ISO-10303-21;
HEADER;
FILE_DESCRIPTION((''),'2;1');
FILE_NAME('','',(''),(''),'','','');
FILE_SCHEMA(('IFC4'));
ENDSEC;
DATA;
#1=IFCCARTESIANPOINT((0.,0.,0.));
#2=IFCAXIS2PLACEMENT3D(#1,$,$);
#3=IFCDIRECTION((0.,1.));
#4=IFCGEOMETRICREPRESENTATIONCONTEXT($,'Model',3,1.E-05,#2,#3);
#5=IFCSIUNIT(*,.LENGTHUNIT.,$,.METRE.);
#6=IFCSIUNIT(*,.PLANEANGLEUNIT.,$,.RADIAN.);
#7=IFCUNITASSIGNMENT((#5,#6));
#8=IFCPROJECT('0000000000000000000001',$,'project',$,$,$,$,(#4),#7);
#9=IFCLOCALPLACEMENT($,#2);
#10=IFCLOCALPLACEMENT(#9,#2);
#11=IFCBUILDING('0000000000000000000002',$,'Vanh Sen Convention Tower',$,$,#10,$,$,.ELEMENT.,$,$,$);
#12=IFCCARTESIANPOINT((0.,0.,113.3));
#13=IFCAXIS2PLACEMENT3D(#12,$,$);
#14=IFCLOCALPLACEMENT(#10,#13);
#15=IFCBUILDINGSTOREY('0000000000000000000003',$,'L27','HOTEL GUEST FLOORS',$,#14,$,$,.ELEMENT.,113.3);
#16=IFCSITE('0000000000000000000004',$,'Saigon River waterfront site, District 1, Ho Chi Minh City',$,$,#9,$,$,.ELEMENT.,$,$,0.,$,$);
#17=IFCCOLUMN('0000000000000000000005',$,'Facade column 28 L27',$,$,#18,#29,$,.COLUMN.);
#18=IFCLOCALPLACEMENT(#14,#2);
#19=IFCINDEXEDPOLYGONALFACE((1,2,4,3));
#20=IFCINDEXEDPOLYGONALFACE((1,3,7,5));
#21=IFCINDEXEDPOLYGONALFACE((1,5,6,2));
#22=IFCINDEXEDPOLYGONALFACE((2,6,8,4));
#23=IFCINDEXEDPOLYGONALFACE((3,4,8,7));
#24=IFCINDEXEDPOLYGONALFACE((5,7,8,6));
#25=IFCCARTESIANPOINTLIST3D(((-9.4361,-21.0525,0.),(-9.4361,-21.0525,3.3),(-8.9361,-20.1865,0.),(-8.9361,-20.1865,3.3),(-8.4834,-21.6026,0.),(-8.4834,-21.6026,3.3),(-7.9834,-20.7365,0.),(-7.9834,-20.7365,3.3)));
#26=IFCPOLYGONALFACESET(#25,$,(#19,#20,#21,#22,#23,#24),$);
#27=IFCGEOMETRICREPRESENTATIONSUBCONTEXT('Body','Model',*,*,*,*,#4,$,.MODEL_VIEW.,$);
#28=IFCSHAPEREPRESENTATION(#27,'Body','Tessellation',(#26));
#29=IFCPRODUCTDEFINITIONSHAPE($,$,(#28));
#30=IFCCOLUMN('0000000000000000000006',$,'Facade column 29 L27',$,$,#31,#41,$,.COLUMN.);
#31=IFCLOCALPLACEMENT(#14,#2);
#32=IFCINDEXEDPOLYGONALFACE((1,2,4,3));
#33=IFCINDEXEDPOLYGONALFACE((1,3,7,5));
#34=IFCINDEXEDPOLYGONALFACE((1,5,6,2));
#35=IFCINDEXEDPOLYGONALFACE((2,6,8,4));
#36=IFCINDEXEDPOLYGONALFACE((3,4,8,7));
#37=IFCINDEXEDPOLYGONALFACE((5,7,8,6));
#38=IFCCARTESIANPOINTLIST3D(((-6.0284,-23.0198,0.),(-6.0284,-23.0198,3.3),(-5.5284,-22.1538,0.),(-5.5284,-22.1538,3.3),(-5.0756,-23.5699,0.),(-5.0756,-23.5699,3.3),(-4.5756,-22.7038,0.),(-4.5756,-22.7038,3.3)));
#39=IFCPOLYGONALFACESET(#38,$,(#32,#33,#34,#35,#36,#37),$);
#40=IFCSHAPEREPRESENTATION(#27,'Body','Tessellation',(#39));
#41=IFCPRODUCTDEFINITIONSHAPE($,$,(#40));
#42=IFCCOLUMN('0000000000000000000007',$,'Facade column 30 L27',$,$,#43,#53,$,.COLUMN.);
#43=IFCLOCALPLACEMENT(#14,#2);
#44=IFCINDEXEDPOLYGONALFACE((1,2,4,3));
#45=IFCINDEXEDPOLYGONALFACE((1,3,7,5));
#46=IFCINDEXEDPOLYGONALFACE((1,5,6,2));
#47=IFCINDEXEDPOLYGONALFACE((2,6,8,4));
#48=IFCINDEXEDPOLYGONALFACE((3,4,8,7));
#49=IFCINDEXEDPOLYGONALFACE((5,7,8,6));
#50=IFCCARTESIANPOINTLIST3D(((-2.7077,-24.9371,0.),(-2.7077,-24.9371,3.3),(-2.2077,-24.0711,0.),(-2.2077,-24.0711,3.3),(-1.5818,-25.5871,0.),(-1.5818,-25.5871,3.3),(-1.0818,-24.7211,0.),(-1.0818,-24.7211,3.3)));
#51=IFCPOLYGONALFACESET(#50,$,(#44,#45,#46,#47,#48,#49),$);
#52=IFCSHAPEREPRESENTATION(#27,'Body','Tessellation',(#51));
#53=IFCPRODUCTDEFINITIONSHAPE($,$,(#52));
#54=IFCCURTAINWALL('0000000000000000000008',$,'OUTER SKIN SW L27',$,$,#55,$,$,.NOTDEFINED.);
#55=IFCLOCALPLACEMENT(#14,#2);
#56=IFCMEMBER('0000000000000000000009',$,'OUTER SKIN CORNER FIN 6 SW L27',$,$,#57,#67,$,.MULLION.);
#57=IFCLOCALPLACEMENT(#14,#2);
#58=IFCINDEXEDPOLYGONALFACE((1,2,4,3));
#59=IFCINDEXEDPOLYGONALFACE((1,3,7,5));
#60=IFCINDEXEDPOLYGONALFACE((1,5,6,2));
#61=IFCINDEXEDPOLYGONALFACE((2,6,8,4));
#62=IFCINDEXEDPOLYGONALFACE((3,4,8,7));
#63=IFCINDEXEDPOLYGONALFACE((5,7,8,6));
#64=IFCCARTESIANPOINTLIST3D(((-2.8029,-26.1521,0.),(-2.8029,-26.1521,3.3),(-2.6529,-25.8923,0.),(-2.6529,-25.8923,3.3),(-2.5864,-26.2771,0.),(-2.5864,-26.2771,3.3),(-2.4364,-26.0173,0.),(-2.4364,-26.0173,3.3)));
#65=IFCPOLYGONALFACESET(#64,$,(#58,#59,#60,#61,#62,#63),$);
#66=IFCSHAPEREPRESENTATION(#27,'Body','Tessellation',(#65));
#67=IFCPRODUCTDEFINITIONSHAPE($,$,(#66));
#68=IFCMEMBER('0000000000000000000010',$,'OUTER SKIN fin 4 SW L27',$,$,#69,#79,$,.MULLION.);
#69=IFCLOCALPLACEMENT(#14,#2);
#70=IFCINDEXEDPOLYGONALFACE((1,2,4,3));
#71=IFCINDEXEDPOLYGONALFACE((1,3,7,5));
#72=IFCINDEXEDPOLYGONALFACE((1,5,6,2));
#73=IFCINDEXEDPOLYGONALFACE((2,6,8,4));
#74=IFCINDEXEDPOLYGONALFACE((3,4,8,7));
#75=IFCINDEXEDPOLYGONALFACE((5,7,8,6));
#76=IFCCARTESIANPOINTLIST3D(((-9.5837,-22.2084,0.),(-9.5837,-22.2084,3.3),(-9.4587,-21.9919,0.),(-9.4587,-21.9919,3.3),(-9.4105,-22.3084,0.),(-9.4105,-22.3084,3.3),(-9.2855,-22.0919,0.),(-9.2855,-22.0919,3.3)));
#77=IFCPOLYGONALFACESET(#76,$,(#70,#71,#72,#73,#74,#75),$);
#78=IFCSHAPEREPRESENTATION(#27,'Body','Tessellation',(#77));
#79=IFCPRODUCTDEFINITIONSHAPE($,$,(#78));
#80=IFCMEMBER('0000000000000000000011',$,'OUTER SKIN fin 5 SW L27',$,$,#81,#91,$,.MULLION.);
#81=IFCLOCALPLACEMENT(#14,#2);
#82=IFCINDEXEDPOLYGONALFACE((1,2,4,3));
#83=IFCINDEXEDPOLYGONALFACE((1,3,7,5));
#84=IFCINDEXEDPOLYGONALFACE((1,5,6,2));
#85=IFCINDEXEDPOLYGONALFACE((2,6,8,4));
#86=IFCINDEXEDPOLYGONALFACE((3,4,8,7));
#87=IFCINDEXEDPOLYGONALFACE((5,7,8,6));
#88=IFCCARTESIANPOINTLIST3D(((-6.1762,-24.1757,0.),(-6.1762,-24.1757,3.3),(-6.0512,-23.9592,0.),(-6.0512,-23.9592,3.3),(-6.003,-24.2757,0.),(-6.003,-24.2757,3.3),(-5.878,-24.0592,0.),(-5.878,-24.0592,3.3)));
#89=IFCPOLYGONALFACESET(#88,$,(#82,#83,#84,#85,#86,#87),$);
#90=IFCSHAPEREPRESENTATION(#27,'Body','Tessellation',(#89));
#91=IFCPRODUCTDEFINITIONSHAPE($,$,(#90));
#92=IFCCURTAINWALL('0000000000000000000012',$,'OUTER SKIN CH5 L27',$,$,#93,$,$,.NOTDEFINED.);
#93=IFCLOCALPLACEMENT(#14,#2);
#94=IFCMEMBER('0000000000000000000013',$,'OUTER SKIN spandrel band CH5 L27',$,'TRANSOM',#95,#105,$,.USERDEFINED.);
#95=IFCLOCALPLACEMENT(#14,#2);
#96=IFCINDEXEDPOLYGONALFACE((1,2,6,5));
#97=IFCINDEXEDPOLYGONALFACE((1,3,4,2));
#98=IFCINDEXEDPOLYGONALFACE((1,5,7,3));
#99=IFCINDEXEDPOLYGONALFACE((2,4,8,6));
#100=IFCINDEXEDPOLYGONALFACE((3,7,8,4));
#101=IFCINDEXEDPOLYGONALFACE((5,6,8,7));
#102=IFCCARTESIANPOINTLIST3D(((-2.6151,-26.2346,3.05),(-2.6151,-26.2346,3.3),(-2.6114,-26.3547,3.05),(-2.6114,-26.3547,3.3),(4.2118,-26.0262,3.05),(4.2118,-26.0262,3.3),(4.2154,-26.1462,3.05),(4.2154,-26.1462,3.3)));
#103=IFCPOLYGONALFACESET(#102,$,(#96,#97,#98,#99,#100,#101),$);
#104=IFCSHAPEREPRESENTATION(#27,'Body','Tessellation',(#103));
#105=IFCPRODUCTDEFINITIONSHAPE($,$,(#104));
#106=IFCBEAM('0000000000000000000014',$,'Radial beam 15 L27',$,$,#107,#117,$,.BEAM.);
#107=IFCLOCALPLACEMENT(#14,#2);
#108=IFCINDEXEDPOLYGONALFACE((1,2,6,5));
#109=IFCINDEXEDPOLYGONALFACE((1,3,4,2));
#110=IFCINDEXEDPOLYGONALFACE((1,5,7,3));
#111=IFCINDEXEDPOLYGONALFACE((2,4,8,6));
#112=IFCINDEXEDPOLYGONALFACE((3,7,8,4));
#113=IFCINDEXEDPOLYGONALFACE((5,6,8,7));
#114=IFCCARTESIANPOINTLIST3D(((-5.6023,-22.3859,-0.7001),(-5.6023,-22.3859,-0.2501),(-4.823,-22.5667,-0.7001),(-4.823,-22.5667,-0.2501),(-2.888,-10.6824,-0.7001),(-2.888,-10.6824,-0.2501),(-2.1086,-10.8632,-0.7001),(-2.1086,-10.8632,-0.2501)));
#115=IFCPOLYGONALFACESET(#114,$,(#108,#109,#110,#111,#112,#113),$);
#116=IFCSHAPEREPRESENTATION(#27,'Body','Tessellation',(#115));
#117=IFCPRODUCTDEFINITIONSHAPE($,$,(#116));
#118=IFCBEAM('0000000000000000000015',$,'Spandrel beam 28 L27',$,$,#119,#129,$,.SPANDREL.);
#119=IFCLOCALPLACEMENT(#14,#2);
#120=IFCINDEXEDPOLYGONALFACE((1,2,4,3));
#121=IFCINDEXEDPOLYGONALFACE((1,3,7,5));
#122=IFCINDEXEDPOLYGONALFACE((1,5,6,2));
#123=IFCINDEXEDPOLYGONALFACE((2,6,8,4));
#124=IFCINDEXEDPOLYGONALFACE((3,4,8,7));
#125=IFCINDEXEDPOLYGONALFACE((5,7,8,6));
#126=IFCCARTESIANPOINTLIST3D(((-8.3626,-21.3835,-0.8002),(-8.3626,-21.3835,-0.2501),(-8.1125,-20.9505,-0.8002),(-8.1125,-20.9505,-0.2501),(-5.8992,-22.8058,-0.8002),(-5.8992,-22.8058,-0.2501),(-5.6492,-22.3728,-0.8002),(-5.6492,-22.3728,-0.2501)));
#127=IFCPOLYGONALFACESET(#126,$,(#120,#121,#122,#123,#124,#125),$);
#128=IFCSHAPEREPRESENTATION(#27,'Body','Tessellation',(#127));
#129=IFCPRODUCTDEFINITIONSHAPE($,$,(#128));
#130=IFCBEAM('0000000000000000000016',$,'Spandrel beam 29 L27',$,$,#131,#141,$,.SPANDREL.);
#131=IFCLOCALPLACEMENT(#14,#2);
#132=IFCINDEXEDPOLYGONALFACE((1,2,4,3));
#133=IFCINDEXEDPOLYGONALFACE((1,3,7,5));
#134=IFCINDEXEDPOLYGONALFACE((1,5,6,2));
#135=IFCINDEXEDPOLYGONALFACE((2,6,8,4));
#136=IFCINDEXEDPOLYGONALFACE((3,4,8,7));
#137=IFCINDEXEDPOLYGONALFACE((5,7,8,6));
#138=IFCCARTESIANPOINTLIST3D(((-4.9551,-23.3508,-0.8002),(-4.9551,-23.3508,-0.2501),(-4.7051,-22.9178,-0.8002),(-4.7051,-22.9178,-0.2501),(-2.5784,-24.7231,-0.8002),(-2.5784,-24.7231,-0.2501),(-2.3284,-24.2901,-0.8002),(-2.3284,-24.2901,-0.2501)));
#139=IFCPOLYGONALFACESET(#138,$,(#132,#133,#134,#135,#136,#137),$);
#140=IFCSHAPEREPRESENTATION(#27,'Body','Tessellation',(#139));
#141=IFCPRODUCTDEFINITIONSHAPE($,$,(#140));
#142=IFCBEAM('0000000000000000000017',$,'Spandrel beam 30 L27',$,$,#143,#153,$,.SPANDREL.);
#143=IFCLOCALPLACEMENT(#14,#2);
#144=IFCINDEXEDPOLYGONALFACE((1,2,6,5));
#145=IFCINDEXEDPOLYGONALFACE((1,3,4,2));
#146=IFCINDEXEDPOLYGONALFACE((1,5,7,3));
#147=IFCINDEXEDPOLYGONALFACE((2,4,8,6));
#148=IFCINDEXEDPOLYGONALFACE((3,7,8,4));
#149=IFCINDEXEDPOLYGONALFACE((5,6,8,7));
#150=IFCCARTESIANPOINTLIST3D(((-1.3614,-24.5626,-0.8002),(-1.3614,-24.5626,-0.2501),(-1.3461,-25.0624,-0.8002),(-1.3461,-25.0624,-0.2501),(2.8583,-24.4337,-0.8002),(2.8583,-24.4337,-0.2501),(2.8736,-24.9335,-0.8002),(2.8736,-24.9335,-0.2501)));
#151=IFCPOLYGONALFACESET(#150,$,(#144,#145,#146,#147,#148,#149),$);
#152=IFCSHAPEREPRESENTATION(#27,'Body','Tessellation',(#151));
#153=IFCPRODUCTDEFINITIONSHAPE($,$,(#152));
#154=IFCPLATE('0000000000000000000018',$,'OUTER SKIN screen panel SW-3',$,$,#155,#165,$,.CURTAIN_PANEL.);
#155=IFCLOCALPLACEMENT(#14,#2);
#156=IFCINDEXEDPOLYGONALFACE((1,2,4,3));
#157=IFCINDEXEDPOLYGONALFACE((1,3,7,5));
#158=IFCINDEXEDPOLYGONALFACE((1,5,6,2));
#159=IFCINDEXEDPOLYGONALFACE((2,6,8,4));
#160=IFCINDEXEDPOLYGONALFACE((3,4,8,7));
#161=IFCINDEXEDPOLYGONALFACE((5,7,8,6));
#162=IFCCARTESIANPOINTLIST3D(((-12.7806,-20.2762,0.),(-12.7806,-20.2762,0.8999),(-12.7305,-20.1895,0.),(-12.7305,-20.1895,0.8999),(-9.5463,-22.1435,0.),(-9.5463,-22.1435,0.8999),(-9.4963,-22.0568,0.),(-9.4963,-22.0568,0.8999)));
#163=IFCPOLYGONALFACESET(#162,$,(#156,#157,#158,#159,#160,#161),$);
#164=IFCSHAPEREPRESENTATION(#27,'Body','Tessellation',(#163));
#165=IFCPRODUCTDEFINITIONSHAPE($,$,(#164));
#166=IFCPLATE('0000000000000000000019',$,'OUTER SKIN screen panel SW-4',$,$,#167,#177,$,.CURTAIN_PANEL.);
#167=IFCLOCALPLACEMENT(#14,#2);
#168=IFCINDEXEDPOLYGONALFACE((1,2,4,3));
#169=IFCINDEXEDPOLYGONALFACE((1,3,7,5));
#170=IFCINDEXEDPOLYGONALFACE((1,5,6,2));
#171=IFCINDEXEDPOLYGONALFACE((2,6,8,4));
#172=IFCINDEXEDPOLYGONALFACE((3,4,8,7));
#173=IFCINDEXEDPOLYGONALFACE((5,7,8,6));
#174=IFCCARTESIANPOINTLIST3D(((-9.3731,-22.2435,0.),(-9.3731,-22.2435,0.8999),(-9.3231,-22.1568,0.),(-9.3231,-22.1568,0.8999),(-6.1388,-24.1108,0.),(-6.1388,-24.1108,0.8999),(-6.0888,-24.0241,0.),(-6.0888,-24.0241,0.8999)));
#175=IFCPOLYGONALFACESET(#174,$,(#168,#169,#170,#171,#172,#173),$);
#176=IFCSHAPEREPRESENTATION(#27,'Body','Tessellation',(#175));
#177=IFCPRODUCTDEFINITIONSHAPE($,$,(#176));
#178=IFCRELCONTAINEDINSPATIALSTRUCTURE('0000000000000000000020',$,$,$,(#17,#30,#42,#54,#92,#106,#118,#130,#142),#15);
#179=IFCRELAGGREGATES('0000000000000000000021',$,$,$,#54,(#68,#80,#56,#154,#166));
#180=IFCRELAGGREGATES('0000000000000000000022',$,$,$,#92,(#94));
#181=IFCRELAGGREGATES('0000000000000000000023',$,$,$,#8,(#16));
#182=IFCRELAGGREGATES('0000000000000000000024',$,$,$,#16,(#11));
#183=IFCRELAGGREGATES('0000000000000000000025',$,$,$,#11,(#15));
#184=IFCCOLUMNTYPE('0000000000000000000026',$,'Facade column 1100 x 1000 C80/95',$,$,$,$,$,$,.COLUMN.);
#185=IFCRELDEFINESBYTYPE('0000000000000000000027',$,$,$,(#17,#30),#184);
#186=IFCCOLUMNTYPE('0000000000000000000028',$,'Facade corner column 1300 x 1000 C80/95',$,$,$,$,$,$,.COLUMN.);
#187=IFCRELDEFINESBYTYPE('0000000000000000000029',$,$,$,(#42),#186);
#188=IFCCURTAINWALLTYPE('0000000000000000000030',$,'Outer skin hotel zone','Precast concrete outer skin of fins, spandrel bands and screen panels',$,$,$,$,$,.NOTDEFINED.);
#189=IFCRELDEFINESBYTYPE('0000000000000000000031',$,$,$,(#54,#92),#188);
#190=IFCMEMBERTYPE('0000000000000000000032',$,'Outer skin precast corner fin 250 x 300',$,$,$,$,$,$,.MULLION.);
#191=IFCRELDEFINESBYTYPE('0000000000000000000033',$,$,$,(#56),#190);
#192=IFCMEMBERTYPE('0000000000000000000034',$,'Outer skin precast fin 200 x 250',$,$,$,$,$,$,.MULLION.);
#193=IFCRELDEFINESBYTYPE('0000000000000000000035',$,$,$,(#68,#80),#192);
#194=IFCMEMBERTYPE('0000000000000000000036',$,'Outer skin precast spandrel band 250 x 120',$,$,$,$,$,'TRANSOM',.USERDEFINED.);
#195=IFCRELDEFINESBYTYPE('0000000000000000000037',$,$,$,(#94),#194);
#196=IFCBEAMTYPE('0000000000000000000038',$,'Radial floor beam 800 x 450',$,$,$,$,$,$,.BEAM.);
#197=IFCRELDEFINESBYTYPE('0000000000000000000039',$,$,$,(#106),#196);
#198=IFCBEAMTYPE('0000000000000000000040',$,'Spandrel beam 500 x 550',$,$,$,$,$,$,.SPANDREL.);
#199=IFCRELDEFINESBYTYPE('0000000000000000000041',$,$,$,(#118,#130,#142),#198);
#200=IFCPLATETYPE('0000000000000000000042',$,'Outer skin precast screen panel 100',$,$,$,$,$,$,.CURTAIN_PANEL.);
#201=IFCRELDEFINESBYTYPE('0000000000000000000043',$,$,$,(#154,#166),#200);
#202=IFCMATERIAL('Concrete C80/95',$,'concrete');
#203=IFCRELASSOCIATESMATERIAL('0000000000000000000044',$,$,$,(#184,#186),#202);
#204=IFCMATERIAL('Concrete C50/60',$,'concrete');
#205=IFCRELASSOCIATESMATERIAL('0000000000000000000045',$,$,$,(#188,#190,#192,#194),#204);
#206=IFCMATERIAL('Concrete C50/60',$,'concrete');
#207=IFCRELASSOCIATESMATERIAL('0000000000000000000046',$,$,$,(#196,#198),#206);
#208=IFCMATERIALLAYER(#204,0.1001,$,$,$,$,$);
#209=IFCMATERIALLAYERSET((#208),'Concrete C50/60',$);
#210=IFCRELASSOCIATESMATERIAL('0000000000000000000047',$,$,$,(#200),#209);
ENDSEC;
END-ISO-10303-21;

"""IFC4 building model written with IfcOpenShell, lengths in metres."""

from ifc_helpers import new_model, si_unit, direction, frame, origin, origin_2d, place, context, subcontext, project, spatial, rectangle, extrude, material, layer, layer_set, material_profile, profile_set, type_object, element, aggregate, save


model = new_model("IFC4")

# Units and contexts
model_context = context("Model", 3, precision=1e-05, world=origin(), true_north=direction((0.0, 1.0)))
body_context = subcontext(model_context, "Body", "Model", "MODEL_VIEW")
ifc_project = project(units=[si_unit("LENGTHUNIT", "METRE"), si_unit("PLANEANGLEUNIT", "RADIAN")], contexts=[model_context])

# Site, building, storey
site_placement = place(None, origin())
site = spatial("IfcSite", under=ifc_project, at=site_placement, Name="Saigon River waterfront site, District 1, Ho Chi Minh City", CompositionType="ELEMENT", RefElevation=0.0)
building_placement = place(site_placement, origin())
building = spatial("IfcBuilding", under=site, at=building_placement, Name="Vanh Sen Convention Tower", CompositionType="ELEMENT")
storey_placement = place(building_placement, frame((0.0, 0.0, 113.3)))
storey = spatial("IfcBuildingStorey", under=building, at=storey_placement, Name="L27", Description="HOTEL GUEST FLOORS", CompositionType="ELEMENT", Elevation=113.3)

# Columns
ifc_material_1 = material(Name="Concrete C80/95", Category="concrete")
ifc_material_profile_1 = material_profile(ifc_material_1, rectangle(XDim=1.1001, YDim=1.0, at=origin_2d()), Name="RC 1100X1000")
ifc_profile_set_1 = profile_set([ifc_material_profile_1], Name="Concrete C80/95")
column_type_1 = type_object("IfcColumnType", Name="Facade column 1100 x 1000 C80/95", PredefinedType="COLUMN", material=ifc_profile_set_1)
for number, where, z_axis, x_axis, name in (
    (1, (-8.7097, -20.8945, 0.0), (0.0, 0.0, 1.0), (0.866025, -0.5, 0.0), "Facade column 28 L27"),
    (2, (-5.302, -22.8618, 0.0), (0.0, 0.0, 1.0), (0.866025, -0.5, 0.0), "Facade column 29 L27"),
):
    element("IfcColumn", number, at=place(storey_placement, frame(where, z_axis=z_axis, x_axis=x_axis)), inside=storey, type_object=column_type_1, Name=name, PredefinedType="COLUMN", context=body_context, shape_type="SweptSolid", body=[
        extrude(rectangle(XDim=1.1001, YDim=1.0, at=origin_2d()), origin(), (0.0, 0.0, 1.0), 3.3),
    ])
ifc_material_profile_2 = material_profile(ifc_material_1, rectangle(XDim=1.3, YDim=1.0, at=origin_2d()), Name="RC 1300X1000")
ifc_profile_set_2 = profile_set([ifc_material_profile_2], Name="Concrete C80/95")
column_type_2 = type_object("IfcColumnType", Name="Facade corner column 1300 x 1000 C80/95", PredefinedType="COLUMN", material=ifc_profile_set_2)
column_placement = place(storey_placement, frame((-1.8948, -24.8291, 0.0), z_axis=(0.0, 0.0, 1.0), x_axis=(0.866025, -0.5, 0.0)))
element("IfcColumn", 3, at=column_placement, inside=storey, type_object=column_type_2, Name="Facade column 30 L27", PredefinedType="COLUMN", context=body_context, shape_type="SweptSolid", body=[
    extrude(rectangle(XDim=1.3, YDim=1.0, at=origin_2d()), origin(), (0.0, 0.0, 1.0), 3.3),
])

# Curtain wall, members
ifc_material_2 = material(Name="Concrete C50/60", Category="concrete")
curtain_wall_type = type_object("IfcCurtainWallType", Name="Outer skin hotel zone", Description="Precast concrete outer skin of fins, spandrel bands and screen panels", PredefinedType="NOTDEFINED", material=ifc_material_2)
curtain_wall_1_placement = place(storey_placement, origin())
curtain_wall_1 = element("IfcCurtainWall", 4, at=curtain_wall_1_placement, inside=storey, type_object=curtain_wall_type, Name="OUTER SKIN SW L27", PredefinedType="NOTDEFINED")
ifc_material_profile_3 = material_profile(ifc_material_2, rectangle(XDim=0.25, YDim=0.3, at=origin_2d()), Name="Outer skin precast corner fin 250 x 300")
ifc_profile_set_3 = profile_set([ifc_material_profile_3], Name="Concrete C50/60")
member_type_1 = type_object("IfcMemberType", Name="Outer skin precast corner fin 250 x 300", PredefinedType="MULLION", material=ifc_profile_set_3)
member_1_placement = place(storey_placement, frame((-2.6196, -26.0847, 0.0), z_axis=(0.0, 0.0, 1.0), x_axis=(0.866025, -0.5, 0.0)))
member_1 = element("IfcMember", 5, at=member_1_placement, type_object=member_type_1, Name="OUTER SKIN CORNER FIN 6 SW L27", PredefinedType="MULLION", context=body_context, shape_type="SweptSolid", body=[
    extrude(rectangle(XDim=0.25, YDim=0.3, at=origin_2d()), origin(), (0.0, 0.0, 1.0), 3.3),
])
ifc_material_profile_4 = material_profile(ifc_material_2, rectangle(XDim=0.2, YDim=0.25, at=origin_2d()), Name="Outer skin precast fin 200 x 250")
ifc_profile_set_4 = profile_set([ifc_material_profile_4], Name="Concrete C50/60")
member_type_2 = type_object("IfcMemberType", Name="Outer skin precast fin 200 x 250", PredefinedType="MULLION", material=ifc_profile_set_4)
member_2_placement = place(storey_placement, frame((-9.4346, -22.1501, 0.0), z_axis=(0.0, 0.0, 1.0), x_axis=(0.866025, -0.5, 0.0)))
member_2 = element("IfcMember", 6, at=member_2_placement, type_object=member_type_2, Name="OUTER SKIN fin 4 SW L27", PredefinedType="MULLION", context=body_context, shape_type="SweptSolid", body=[
    extrude(rectangle(XDim=0.2, YDim=0.25, at=origin_2d()), origin(), (0.0, 0.0, 1.0), 3.3),
])
member_3_placement = place(storey_placement, frame((-6.0271, -24.1174, 0.0), z_axis=(0.0, 0.0, 1.0), x_axis=(0.866025, -0.5, 0.0)))
member_3 = element("IfcMember", 7, at=member_3_placement, type_object=member_type_2, Name="OUTER SKIN fin 5 SW L27", PredefinedType="MULLION", context=body_context, shape_type="SweptSolid", body=[
    extrude(rectangle(XDim=0.2, YDim=0.25, at=origin_2d()), origin(), (0.0, 0.0, 1.0), 3.3),
])

# Curtain wall, member
curtain_wall_2_placement = place(storey_placement, origin())
curtain_wall_2 = element("IfcCurtainWall", 8, at=curtain_wall_2_placement, inside=storey, type_object=curtain_wall_type, Name="OUTER SKIN CH5 L27", PredefinedType="NOTDEFINED")
ifc_material_profile_5 = material_profile(ifc_material_2, rectangle(XDim=0.1201, YDim=0.25, at=origin_2d()), Name="Outer skin precast spandrel band 250 x 120")
ifc_profile_set_5 = profile_set([ifc_material_profile_5], Name="Concrete C50/60")
member_type_3 = type_object("IfcMemberType", Name="Outer skin precast spandrel band 250 x 120", ElementType="TRANSOM", PredefinedType="USERDEFINED", material=ifc_profile_set_5)
member_4_placement = place(storey_placement, frame((-2.6133, -26.2947, 3.175), z_axis=(0.999534, 0.030526, 0.0), x_axis=(-0.030526, 0.999534, 0.0)))
member_4 = element("IfcMember", 9, at=member_4_placement, type_object=member_type_3, Name="OUTER SKIN spandrel band CH5 L27", ObjectType="TRANSOM", PredefinedType="USERDEFINED", context=body_context, shape_type="SweptSolid", body=[
    extrude(rectangle(XDim=0.1201, YDim=0.25, at=origin_2d()), origin(), (0.0, 0.0, 1.0), 6.8301),
])

# Beams
ifc_material_3 = material(Name="Concrete C50/60", Category="concrete")
ifc_material_profile_6 = material_profile(ifc_material_3, rectangle(XDim=0.8, YDim=0.45, at=origin_2d()), Name="RC 800X450")
ifc_profile_set_6 = profile_set([ifc_material_profile_6], Name="Concrete C50/60")
beam_type_1 = type_object("IfcBeamType", Name="Radial floor beam 800 x 450", PredefinedType="BEAM", material=ifc_profile_set_6)
beam_1_placement = place(storey_placement, frame((-5.2126, -22.4763, -0.4751), z_axis=(0.225928, 0.974144, 0.0), x_axis=(-0.974144, 0.225928, 0.0)))
element("IfcBeam", 10, at=beam_1_placement, inside=storey, type_object=beam_type_1, Name="Radial beam 15 L27", PredefinedType="BEAM", context=body_context, shape_type="SweptSolid", body=[
    extrude(rectangle(XDim=0.8, YDim=0.45, at=origin_2d()), origin(), (0.0, 0.0, 1.0), 12.0142),
])
ifc_material_profile_7 = material_profile(ifc_material_3, rectangle(XDim=0.5, YDim=0.55, at=origin_2d()), Name="RC 500X550")
ifc_profile_set_7 = profile_set([ifc_material_profile_7], Name="Concrete C50/60")
beam_type_2 = type_object("IfcBeamType", Name="Spandrel beam 500 x 550", PredefinedType="SPANDREL", material=ifc_profile_set_7)
beam_2_placement = place(storey_placement, frame((-8.2375, -21.167, -0.5251), z_axis=(0.866005, -0.500034, 0.0), x_axis=(0.500034, 0.866005, 0.0)))
element("IfcBeam", 11, at=beam_2_placement, inside=storey, type_object=beam_type_2, Name="Spandrel beam 28 L27", PredefinedType="SPANDREL", context=body_context, shape_type="SweptSolid", body=[
    extrude(rectangle(XDim=0.5, YDim=0.55, at=origin_2d()), origin(), (0.0, 0.0, 1.0), 2.8445),
])
beam_3_placement = place(storey_placement, frame((-4.8301, -23.1343, -0.5251), z_axis=(0.866006, -0.500033, 0.0), x_axis=(0.500033, 0.866006, 0.0)))
element("IfcBeam", 12, at=beam_3_placement, inside=storey, type_object=beam_type_2, Name="Spandrel beam 29 L27", PredefinedType="SPANDREL", context=body_context, shape_type="SweptSolid", body=[
    extrude(rectangle(XDim=0.5, YDim=0.55, at=origin_2d()), origin(), (0.0, 0.0, 1.0), 2.7444),
])
beam_4_placement = place(storey_placement, frame((-1.3538, -24.8125, -0.5251), z_axis=(0.999534, 0.030534, 0.0), x_axis=(-0.030534, 0.999534, 0.0)))
element("IfcBeam", 13, at=beam_4_placement, inside=storey, type_object=beam_type_2, Name="Spandrel beam 30 L27", PredefinedType="SPANDREL", context=body_context, shape_type="SweptSolid", body=[
    extrude(rectangle(XDim=0.5, YDim=0.55, at=origin_2d()), origin(), (0.0, 0.0, 1.0), 4.2217),
])

# Plates
ifc_layer_1 = layer(ifc_material_2, 0.1001)
ifc_layer_set_1 = layer_set([ifc_layer_1], Name="Concrete C50/60")
plate_type = type_object("IfcPlateType", Name="Outer skin precast screen panel 100", PredefinedType="CURTAIN_PANEL", material=ifc_layer_set_1)
plate_1_placement = place(storey_placement, frame((-11.1384, -21.1665, 0.0), z_axis=(0.0, 0.0, 1.0), x_axis=(0.866028, -0.499995, 0.0)))
plate_1 = element("IfcPlate", 14, at=plate_1_placement, type_object=plate_type, Name="OUTER SKIN screen panel SW-3", PredefinedType="CURTAIN_PANEL", context=body_context, shape_type="SweptSolid", body=[
    extrude(rectangle(XDim=3.7346, YDim=0.1001, at=origin_2d()), origin(), (0.0, 0.0, 1.0), 0.8999),
])
plate_2_placement = place(storey_placement, frame((-7.731, -23.1338, 0.0), z_axis=(0.0, 0.0, 1.0), x_axis=(0.866028, -0.499995, 0.0)))
plate_2 = element("IfcPlate", 15, at=plate_2_placement, type_object=plate_type, Name="OUTER SKIN screen panel SW-4", PredefinedType="CURTAIN_PANEL", context=body_context, shape_type="SweptSolid", body=[
    extrude(rectangle(XDim=3.7346, YDim=0.1001, at=origin_2d()), origin(), (0.0, 0.0, 1.0), 0.8999),
])
aggregate(curtain_wall_1, [member_2, member_3, member_1, plate_1, plate_2])
aggregate(curtain_wall_2, [member_4])

save(model, "model.ifc")
